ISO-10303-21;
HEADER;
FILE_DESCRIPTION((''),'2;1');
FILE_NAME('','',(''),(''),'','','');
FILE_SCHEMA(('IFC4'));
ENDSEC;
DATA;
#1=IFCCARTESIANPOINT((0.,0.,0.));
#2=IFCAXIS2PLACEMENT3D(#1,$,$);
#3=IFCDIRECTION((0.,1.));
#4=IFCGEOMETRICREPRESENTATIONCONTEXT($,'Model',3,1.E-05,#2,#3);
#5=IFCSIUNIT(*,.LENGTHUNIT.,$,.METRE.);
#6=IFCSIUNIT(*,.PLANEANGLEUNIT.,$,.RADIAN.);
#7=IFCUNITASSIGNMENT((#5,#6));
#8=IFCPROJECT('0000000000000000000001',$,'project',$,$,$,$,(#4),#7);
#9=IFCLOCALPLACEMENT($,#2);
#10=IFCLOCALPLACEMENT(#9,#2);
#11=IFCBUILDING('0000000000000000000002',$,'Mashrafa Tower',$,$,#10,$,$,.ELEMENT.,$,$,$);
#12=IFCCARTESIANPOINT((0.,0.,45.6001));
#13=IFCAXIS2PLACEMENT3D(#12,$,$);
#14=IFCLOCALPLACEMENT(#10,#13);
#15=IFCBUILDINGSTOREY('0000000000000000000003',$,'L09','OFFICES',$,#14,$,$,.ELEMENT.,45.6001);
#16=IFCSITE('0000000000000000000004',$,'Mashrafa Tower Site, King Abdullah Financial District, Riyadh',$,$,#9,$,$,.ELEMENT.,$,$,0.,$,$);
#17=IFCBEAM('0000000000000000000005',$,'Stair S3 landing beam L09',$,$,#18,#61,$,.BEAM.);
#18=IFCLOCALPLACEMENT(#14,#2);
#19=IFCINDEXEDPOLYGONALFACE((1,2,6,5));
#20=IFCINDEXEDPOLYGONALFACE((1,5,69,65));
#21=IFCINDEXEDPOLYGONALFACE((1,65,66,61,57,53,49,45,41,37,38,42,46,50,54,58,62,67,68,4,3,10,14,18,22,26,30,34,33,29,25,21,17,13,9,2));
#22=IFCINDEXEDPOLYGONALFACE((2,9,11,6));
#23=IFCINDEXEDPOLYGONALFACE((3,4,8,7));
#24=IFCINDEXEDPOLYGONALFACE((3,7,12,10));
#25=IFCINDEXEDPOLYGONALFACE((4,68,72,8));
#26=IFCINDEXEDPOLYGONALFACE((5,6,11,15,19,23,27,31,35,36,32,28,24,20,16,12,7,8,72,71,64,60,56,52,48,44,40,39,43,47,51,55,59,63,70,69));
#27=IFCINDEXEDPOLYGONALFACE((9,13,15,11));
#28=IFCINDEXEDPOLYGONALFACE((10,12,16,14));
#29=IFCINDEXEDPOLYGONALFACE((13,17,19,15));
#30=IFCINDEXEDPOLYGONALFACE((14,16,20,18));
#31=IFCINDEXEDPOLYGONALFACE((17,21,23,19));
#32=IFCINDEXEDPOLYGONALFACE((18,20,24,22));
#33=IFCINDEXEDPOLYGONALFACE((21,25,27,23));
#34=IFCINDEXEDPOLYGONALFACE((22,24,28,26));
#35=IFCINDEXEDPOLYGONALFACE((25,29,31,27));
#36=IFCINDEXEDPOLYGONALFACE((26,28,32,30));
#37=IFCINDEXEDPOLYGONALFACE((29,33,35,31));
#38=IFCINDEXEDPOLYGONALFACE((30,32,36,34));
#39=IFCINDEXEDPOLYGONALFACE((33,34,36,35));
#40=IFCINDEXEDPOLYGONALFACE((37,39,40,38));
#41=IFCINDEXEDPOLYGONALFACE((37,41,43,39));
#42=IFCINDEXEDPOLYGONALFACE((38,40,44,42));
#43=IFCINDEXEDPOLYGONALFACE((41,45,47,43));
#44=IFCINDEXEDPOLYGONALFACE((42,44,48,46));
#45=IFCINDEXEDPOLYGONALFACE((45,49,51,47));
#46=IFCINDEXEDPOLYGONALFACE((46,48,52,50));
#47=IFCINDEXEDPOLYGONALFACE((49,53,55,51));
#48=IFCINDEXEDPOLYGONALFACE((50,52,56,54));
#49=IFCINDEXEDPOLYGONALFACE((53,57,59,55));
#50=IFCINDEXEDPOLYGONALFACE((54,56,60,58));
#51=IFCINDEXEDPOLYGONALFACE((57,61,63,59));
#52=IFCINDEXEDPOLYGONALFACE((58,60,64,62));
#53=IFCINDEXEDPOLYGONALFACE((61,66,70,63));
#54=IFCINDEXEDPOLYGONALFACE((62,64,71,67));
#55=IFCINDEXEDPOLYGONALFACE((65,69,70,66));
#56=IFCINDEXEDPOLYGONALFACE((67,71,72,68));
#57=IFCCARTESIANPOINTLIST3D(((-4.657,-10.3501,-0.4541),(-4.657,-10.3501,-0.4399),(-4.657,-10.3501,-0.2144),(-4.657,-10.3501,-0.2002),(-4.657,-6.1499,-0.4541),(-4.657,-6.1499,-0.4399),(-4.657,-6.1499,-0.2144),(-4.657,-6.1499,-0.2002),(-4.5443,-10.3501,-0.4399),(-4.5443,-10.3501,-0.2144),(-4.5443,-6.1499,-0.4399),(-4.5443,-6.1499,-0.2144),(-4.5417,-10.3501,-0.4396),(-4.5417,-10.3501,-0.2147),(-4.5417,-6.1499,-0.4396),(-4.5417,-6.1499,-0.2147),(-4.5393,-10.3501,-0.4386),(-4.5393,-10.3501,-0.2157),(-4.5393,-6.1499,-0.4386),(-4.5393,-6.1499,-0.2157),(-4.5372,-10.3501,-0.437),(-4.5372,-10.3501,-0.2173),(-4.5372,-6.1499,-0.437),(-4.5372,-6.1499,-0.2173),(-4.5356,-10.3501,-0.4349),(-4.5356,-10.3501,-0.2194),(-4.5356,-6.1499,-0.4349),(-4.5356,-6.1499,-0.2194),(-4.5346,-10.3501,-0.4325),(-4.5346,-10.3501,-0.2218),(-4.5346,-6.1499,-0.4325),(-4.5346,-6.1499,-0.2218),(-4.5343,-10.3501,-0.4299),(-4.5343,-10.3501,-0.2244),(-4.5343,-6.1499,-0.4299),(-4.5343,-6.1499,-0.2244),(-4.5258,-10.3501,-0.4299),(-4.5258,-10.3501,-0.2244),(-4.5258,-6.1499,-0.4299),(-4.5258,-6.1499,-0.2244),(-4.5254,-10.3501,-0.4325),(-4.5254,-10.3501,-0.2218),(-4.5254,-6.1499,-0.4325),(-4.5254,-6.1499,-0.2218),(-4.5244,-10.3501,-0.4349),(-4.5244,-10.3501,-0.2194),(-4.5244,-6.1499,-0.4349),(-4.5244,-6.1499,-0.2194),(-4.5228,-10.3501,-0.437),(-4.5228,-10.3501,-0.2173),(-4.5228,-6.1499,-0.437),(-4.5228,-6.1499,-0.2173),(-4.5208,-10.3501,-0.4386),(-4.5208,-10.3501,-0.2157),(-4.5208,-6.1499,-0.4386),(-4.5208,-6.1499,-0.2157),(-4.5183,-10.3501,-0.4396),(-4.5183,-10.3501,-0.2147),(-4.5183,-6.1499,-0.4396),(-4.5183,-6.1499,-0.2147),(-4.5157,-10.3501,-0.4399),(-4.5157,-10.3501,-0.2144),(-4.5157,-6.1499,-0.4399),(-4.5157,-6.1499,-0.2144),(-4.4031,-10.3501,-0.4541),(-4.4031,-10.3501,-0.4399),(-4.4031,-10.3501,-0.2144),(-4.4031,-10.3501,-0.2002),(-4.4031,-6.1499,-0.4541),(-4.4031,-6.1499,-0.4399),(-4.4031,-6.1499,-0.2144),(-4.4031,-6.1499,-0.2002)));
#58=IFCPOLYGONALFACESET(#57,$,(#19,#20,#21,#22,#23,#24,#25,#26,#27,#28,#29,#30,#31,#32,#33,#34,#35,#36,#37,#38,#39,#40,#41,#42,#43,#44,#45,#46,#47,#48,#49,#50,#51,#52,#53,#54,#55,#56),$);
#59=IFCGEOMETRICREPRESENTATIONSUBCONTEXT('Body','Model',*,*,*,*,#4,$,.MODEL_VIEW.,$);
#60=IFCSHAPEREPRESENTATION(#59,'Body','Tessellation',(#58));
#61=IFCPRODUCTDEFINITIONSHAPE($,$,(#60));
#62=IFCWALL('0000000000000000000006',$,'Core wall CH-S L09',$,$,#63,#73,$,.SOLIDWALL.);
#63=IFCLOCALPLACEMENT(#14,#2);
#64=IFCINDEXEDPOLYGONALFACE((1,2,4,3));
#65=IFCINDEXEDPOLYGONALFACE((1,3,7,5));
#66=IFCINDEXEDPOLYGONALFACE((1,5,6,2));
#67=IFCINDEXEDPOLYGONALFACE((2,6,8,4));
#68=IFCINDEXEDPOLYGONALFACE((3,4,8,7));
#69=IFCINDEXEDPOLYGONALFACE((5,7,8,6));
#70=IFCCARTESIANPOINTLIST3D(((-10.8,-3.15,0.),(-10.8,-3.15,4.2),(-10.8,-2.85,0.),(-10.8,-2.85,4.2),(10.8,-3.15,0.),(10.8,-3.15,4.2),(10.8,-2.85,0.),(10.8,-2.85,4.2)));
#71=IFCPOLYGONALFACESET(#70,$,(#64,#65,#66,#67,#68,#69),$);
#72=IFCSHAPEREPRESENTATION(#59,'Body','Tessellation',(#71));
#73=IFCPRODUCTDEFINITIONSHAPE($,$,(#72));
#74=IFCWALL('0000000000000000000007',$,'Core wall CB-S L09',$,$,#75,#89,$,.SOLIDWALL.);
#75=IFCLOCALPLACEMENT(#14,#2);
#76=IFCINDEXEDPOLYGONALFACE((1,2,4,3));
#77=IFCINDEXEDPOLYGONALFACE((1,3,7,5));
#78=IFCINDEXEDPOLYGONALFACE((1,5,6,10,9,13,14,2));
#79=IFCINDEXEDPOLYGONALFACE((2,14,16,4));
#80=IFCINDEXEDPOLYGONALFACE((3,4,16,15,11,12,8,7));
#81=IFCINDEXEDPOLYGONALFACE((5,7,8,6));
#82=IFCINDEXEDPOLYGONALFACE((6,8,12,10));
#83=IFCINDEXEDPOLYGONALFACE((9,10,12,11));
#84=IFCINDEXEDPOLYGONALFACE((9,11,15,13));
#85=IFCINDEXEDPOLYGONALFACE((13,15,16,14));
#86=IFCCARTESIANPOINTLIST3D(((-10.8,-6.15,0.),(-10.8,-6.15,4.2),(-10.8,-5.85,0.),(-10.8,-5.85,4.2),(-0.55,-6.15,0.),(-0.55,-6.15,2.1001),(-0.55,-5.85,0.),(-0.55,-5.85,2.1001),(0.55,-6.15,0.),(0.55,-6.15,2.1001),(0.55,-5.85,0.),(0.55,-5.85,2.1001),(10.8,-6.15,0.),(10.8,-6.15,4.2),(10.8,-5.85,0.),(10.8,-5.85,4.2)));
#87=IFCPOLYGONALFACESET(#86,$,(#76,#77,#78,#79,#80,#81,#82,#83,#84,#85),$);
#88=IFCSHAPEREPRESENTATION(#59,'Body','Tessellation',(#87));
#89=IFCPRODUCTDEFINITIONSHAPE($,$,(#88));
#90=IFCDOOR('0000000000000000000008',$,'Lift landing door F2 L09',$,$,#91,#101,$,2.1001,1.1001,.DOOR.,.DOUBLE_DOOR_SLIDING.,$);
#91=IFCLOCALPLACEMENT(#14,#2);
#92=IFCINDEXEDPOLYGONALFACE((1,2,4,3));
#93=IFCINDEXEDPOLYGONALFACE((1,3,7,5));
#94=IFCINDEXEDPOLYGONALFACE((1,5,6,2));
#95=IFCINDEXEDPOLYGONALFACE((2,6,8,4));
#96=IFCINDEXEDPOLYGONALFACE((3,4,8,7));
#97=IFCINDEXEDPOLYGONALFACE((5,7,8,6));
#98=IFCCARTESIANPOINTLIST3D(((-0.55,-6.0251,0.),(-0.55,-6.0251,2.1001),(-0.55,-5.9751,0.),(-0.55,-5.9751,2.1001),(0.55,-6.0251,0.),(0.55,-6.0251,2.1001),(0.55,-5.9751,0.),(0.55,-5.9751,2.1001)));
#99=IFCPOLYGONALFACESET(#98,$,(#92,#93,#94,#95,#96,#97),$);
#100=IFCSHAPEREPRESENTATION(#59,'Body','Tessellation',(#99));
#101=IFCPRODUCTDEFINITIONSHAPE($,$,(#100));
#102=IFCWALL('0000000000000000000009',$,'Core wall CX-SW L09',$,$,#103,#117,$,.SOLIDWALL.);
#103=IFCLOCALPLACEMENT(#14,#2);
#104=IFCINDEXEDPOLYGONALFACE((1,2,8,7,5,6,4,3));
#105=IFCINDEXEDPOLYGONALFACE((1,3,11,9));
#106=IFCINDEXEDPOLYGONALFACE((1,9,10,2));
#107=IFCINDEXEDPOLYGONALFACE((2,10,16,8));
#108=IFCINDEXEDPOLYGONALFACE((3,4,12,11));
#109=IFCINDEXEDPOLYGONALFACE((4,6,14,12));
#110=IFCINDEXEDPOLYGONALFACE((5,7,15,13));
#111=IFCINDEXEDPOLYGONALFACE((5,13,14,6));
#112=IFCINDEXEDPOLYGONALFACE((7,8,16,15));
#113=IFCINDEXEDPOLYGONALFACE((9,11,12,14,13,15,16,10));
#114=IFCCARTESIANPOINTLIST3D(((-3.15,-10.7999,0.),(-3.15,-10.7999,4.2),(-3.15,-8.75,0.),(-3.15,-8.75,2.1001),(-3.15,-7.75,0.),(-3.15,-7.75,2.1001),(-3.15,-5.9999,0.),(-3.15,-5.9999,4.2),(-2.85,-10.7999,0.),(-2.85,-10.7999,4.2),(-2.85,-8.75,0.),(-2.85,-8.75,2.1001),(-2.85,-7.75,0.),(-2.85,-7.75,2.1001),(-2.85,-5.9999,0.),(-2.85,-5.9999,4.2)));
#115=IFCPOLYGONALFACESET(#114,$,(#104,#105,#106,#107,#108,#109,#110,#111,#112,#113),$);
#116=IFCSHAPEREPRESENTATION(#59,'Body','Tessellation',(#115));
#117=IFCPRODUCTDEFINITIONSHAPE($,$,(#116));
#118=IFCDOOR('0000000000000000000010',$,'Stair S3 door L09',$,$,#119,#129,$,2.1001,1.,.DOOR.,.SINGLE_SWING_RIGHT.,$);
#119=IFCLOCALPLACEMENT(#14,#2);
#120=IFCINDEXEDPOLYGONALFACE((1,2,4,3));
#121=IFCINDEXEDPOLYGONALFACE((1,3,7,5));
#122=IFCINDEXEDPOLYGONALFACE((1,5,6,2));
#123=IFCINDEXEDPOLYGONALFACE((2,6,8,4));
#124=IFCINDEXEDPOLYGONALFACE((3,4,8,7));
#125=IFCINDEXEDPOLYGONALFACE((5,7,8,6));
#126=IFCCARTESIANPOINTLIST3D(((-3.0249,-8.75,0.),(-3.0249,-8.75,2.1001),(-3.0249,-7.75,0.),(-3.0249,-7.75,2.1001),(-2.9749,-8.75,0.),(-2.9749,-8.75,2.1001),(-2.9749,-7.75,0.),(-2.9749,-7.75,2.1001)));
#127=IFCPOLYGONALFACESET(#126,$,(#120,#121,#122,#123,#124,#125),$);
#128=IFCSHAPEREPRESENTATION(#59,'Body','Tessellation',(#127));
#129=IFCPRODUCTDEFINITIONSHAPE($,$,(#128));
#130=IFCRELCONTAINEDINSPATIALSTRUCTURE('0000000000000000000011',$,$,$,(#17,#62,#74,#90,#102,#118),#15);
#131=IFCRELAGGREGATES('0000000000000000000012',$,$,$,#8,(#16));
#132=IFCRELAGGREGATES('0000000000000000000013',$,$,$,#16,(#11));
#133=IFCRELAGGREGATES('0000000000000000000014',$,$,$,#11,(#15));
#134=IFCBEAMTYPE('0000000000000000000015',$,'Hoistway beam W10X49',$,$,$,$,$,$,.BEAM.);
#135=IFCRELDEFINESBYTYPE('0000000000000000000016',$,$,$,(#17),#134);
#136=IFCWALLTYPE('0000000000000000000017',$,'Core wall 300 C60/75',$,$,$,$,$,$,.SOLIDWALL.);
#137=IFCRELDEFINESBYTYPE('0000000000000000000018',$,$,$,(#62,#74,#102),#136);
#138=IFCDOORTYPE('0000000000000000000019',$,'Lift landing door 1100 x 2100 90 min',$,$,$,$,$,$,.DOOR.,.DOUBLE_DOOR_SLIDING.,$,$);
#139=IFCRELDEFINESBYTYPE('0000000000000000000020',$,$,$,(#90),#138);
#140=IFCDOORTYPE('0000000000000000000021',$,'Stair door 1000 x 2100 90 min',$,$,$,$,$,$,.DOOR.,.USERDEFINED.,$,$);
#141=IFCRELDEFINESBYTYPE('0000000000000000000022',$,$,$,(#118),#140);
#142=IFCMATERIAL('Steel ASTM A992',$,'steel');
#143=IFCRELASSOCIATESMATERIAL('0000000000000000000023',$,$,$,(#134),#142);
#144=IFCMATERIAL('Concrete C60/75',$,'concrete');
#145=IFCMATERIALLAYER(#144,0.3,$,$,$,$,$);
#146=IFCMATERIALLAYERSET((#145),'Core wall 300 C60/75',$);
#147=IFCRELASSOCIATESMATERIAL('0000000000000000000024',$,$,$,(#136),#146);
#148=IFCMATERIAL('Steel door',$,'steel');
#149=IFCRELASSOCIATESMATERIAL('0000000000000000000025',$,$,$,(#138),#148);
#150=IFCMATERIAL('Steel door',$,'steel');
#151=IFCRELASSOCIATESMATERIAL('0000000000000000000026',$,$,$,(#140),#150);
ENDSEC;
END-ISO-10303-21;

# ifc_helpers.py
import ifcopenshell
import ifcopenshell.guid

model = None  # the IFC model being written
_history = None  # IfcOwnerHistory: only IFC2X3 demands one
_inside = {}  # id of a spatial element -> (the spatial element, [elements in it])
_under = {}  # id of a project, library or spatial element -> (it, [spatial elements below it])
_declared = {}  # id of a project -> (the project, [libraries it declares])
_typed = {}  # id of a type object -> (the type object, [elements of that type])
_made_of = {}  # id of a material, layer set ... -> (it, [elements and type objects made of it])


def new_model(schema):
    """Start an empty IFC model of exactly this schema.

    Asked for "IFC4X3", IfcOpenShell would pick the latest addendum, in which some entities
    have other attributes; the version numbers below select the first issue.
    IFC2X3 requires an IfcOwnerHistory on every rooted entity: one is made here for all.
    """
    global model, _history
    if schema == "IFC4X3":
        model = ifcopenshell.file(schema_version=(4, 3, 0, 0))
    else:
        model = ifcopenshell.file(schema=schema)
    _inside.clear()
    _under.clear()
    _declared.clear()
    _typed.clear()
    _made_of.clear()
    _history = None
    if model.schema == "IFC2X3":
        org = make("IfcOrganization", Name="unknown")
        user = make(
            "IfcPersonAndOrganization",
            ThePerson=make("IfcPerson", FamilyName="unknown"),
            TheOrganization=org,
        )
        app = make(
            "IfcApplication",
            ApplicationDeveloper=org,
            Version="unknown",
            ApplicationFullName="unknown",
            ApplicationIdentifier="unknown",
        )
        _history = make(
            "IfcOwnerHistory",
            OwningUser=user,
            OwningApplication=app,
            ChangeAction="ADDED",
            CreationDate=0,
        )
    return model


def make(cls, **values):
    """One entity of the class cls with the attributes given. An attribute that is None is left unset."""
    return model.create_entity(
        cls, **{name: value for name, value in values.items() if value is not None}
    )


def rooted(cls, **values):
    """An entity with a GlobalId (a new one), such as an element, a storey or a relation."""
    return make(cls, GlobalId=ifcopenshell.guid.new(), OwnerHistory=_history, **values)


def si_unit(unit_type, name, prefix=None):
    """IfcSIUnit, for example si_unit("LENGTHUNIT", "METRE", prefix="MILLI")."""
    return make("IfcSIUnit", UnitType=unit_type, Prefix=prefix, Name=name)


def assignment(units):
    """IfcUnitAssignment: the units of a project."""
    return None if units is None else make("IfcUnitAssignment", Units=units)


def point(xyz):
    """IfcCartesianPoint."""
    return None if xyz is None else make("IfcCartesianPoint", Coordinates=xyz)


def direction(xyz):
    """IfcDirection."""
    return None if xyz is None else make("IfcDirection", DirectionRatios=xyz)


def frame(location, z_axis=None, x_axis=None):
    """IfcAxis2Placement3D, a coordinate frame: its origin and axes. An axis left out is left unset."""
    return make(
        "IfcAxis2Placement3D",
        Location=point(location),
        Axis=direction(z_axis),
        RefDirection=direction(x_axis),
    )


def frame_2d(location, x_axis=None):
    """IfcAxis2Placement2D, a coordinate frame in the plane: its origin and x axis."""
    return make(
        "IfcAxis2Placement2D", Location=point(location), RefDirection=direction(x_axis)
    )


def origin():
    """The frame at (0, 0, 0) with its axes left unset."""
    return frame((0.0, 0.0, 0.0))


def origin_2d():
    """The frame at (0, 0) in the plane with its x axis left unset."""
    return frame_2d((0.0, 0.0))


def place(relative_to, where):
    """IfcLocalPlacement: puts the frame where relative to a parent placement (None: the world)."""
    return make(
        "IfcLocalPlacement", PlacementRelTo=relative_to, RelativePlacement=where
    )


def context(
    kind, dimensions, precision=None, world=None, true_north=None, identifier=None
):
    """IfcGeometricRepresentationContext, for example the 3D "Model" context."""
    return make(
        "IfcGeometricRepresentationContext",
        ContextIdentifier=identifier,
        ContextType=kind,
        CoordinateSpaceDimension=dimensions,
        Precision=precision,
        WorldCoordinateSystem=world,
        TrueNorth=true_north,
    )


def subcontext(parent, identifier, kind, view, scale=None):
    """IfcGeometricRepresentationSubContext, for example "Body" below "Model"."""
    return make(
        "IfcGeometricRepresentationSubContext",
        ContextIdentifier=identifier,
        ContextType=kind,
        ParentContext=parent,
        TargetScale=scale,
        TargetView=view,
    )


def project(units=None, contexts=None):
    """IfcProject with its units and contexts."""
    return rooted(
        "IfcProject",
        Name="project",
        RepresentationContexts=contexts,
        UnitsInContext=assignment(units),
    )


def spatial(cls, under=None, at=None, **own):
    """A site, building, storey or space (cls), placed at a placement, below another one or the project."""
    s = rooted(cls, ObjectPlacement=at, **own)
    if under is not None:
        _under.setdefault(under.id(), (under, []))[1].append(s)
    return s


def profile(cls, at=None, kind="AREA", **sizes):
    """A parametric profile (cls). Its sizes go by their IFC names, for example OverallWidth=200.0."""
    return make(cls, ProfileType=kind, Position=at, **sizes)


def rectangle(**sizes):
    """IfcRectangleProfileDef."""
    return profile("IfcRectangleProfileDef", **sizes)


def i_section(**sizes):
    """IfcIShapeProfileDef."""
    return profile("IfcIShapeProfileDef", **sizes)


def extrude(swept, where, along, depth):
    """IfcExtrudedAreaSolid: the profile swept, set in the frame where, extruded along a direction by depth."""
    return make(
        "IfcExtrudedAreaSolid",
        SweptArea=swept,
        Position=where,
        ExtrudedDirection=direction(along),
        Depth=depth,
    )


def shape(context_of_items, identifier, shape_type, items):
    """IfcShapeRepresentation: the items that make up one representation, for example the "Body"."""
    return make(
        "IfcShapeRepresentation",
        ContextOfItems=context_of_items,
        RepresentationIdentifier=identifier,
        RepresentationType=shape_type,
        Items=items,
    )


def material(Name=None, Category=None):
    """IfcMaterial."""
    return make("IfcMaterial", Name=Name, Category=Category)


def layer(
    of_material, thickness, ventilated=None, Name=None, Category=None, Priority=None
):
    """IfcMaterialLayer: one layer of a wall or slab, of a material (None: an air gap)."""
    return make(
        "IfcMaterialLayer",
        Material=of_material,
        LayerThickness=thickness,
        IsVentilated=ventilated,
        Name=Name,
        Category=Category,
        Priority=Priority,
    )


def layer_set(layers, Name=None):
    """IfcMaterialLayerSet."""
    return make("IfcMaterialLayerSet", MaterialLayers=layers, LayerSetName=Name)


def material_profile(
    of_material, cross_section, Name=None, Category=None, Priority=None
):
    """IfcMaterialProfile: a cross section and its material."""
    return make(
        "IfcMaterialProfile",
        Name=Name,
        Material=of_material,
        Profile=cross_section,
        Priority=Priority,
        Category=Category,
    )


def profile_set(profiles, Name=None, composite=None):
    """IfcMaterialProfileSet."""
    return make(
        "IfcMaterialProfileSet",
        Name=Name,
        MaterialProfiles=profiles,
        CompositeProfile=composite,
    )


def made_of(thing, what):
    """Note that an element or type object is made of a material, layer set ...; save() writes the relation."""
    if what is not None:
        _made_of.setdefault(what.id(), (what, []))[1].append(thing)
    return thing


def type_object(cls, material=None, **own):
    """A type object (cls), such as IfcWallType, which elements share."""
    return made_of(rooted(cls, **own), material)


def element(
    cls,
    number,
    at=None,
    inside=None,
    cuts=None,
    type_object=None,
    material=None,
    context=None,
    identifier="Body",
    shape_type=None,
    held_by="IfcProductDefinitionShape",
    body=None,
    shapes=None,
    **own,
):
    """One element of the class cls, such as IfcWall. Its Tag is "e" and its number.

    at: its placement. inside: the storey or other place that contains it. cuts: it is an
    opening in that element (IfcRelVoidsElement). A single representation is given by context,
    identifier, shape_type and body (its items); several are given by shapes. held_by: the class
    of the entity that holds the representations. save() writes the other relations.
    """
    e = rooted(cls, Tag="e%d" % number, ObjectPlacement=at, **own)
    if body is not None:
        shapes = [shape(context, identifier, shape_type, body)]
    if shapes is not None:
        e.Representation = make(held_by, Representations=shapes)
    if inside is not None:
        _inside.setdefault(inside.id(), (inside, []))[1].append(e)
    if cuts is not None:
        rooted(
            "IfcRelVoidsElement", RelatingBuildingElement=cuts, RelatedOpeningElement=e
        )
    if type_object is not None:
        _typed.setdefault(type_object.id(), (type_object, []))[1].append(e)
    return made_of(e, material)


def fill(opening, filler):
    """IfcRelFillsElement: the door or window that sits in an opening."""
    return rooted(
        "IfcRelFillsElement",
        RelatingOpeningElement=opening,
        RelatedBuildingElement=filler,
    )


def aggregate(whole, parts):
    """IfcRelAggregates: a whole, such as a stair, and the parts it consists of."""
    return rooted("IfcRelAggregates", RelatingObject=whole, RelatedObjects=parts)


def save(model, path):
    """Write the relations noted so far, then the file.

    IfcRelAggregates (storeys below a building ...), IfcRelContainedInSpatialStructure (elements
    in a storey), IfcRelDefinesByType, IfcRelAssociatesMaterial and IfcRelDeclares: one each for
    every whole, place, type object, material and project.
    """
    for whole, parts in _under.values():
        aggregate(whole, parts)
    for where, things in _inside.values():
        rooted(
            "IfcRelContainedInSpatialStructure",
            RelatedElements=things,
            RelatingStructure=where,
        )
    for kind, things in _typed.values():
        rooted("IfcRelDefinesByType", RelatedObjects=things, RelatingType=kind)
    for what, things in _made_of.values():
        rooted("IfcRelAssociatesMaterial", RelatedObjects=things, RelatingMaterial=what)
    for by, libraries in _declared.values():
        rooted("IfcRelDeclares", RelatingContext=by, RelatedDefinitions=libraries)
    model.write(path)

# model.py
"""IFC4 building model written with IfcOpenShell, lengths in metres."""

from ifc_helpers import new_model, si_unit, direction, frame, frame_2d, origin, origin_2d, place, context, subcontext, project, spatial, rectangle, i_section, extrude, material, layer, layer_set, material_profile, profile_set, type_object, element, fill, save


model = new_model("IFC4")

# Units and contexts
model_context = context("Model", 3, precision=1e-05, world=origin(), true_north=direction((0.0, 1.0)))
body_context = subcontext(model_context, "Body", "Model", "MODEL_VIEW")
ifc_project = project(units=[si_unit("LENGTHUNIT", "METRE"), si_unit("PLANEANGLEUNIT", "RADIAN")], contexts=[model_context])

# Site, building, storey
site_placement = place(None, origin())
site = spatial("IfcSite", under=ifc_project, at=site_placement, Name="Mashrafa Tower Site, King Abdullah Financial District, Riyadh", CompositionType="ELEMENT", RefElevation=0.0)
building_placement = place(site_placement, origin())
building = spatial("IfcBuilding", under=site, at=building_placement, Name="Mashrafa Tower", CompositionType="ELEMENT")
storey_placement = place(building_placement, frame((0.0, 0.0, 45.6001)))
storey = spatial("IfcBuildingStorey", under=building, at=storey_placement, Name="L09", Description="OFFICES", CompositionType="ELEMENT", Elevation=45.6001)

# Beam
ifc_material_1 = material(Name="Steel ASTM A992", Category="steel")
ifc_material_profile_1 = material_profile(ifc_material_1, i_section(OverallWidth=0.2539, OverallDepth=0.2539, WebThickness=0.0085, FlangeThickness=0.0142, FilletRadius=0.01, at=origin_2d()), Name="W10X49")
ifc_profile_set_1 = profile_set([ifc_material_profile_1], Name="Steel ASTM A992")
beam_type_1 = type_object("IfcBeamType", Name="Hoistway beam W10X49", PredefinedType="BEAM", material=ifc_profile_set_1)
beam_1_placement = place(storey_placement, frame((-4.53, -10.3501, -0.3271), z_axis=(0.0, 1.0, 0.0), x_axis=(-1.0, 0.0, 0.0)))
element("IfcBeam", 1, at=beam_1_placement, inside=storey, type_object=beam_type_1, Name="Stair S3 landing beam L09", PredefinedType="BEAM", context=body_context, shape_type="SweptSolid", body=[
    extrude(i_section(OverallWidth=0.2539, OverallDepth=0.2539, WebThickness=0.0085, FlangeThickness=0.0142, FilletRadius=0.01, at=origin_2d()), origin(), (0.0, 0.0, 1.0), 4.2002),
])

# Wall
ifc_material_2 = material(Name="Concrete C60/75", Category="concrete")
ifc_layer_1 = layer(ifc_material_2, 0.3)
ifc_layer_set_1 = layer_set([ifc_layer_1], Name="Core wall 300 C60/75")
wall_type_1 = type_object("IfcWallType", Name="Core wall 300 C60/75", PredefinedType="SOLIDWALL", material=ifc_layer_set_1)
wall_1_placement = place(storey_placement, frame((-10.8, -3.0, 0.0), z_axis=(0.0, 0.0, 1.0), x_axis=(1.0, 0.0, 0.0)))
element("IfcWall", 2, at=wall_1_placement, inside=storey, type_object=wall_type_1, Name="Core wall CH-S L09", PredefinedType="SOLIDWALL", context=body_context, shape_type="SweptSolid", body=[
    extrude(rectangle(XDim=21.6001, YDim=0.3, at=frame_2d((10.8, 0.0))), origin(), (0.0, 0.0, 1.0), 4.2),
])

# Walls, openings, doors
wall_2_placement = place(storey_placement, frame((-10.8, -6.0, 0.0), z_axis=(0.0, 0.0, 1.0), x_axis=(1.0, 0.0, 0.0)))
wall_2 = element("IfcWall", 3, at=wall_2_placement, inside=storey, type_object=wall_type_1, Name="Core wall CB-S L09", PredefinedType="SOLIDWALL", context=body_context, shape_type="SweptSolid", body=[
    extrude(rectangle(XDim=21.6001, YDim=0.3, at=frame_2d((10.8, 0.0))), origin(), (0.0, 0.0, 1.0), 4.2),
])
opening_1_placement = place(wall_2_placement, frame((10.25, 0.0, 0.0)))
opening_1 = element("IfcOpeningElement", 4, at=opening_1_placement, cuts=wall_2, PredefinedType="OPENING", context=body_context, shape_type="SweptSolid", body=[
    extrude(rectangle(XDim=1.1001, YDim=2.1001, at=frame_2d((0.55, 1.05))), frame((0.0, 0.1599, 0.0), z_axis=(0.0, -1.0, 0.0), x_axis=(1.0, 0.0, 0.0)), (0.0, 0.0, 1.0), 0.3201),
])
ifc_material_3 = material(Name="Steel door", Category="steel")
door_type_1 = type_object("IfcDoorType", Name="Lift landing door 1100 x 2100 90 min", OperationType="DOUBLE_DOOR_SLIDING", PredefinedType="DOOR", material=ifc_material_3)
door_1_placement = place(opening_1_placement, origin())
door_1 = element("IfcDoor", 5, at=door_1_placement, inside=storey, type_object=door_type_1, Name="Lift landing door F2 L09", OperationType="DOUBLE_DOOR_SLIDING", OverallHeight=2.1001, OverallWidth=1.1001, PredefinedType="DOOR", context=body_context, shape_type="SweptSolid", body=[
    extrude(rectangle(XDim=1.1001, YDim=2.1001, at=frame_2d((0.55, 1.05))), frame((0.0, 0.0249, 0.0), z_axis=(0.0, -1.0, 0.0), x_axis=(1.0, 0.0, 0.0)), (0.0, 0.0, 1.0), 0.05),
])
fill(opening_1, door_1)
wall_3_placement = place(storey_placement, frame((-3.0, -6.0, 0.0), z_axis=(0.0, 0.0, 1.0), x_axis=(0.0, -1.0, 0.0)))
wall_3 = element("IfcWall", 6, at=wall_3_placement, inside=storey, type_object=wall_type_1, Name="Core wall CX-SW L09", PredefinedType="SOLIDWALL", context=body_context, shape_type="SweptSolid", body=[
    extrude(rectangle(XDim=4.8, YDim=0.3, at=frame_2d((2.3999, 0.0))), origin(), (0.0, 0.0, 1.0), 4.2),
])
opening_2_placement = place(wall_3_placement, frame((1.75, 0.0, 0.0)))
opening_2 = element("IfcOpeningElement", 7, at=opening_2_placement, cuts=wall_3, PredefinedType="OPENING", context=body_context, shape_type="SweptSolid", body=[
    extrude(rectangle(XDim=1.0, YDim=2.1001, at=frame_2d((0.5, 1.05))), frame((0.0, 0.1599, 0.0), z_axis=(0.0, -1.0, 0.0), x_axis=(1.0, 0.0, 0.0)), (0.0, 0.0, 1.0), 0.3201),
])
ifc_material_4 = material(Name="Steel door", Category="steel")
door_type_2 = type_object("IfcDoorType", Name="Stair door 1000 x 2100 90 min", OperationType="USERDEFINED", PredefinedType="DOOR", material=ifc_material_4)
door_2_placement = place(opening_2_placement, frame((1.0, 0.0, 0.0), z_axis=(0.0, 0.0, 1.0), x_axis=(-1.0, 0.0, 0.0)))
door_2 = element("IfcDoor", 8, at=door_2_placement, inside=storey, type_object=door_type_2, Name="Stair S3 door L09", OperationType="SINGLE_SWING_RIGHT", OverallHeight=2.1001, OverallWidth=1.0, PredefinedType="DOOR", context=body_context, shape_type="SweptSolid", body=[
    extrude(rectangle(XDim=1.0, YDim=2.1001, at=frame_2d((0.5, 1.05))), frame((0.0, 0.0249, 0.0), z_axis=(0.0, -1.0, 0.0), x_axis=(1.0, 0.0, 0.0)), (0.0, 0.0, 1.0), 0.05),
])
fill(opening_2, door_2)

save(model, "model.ifc")
